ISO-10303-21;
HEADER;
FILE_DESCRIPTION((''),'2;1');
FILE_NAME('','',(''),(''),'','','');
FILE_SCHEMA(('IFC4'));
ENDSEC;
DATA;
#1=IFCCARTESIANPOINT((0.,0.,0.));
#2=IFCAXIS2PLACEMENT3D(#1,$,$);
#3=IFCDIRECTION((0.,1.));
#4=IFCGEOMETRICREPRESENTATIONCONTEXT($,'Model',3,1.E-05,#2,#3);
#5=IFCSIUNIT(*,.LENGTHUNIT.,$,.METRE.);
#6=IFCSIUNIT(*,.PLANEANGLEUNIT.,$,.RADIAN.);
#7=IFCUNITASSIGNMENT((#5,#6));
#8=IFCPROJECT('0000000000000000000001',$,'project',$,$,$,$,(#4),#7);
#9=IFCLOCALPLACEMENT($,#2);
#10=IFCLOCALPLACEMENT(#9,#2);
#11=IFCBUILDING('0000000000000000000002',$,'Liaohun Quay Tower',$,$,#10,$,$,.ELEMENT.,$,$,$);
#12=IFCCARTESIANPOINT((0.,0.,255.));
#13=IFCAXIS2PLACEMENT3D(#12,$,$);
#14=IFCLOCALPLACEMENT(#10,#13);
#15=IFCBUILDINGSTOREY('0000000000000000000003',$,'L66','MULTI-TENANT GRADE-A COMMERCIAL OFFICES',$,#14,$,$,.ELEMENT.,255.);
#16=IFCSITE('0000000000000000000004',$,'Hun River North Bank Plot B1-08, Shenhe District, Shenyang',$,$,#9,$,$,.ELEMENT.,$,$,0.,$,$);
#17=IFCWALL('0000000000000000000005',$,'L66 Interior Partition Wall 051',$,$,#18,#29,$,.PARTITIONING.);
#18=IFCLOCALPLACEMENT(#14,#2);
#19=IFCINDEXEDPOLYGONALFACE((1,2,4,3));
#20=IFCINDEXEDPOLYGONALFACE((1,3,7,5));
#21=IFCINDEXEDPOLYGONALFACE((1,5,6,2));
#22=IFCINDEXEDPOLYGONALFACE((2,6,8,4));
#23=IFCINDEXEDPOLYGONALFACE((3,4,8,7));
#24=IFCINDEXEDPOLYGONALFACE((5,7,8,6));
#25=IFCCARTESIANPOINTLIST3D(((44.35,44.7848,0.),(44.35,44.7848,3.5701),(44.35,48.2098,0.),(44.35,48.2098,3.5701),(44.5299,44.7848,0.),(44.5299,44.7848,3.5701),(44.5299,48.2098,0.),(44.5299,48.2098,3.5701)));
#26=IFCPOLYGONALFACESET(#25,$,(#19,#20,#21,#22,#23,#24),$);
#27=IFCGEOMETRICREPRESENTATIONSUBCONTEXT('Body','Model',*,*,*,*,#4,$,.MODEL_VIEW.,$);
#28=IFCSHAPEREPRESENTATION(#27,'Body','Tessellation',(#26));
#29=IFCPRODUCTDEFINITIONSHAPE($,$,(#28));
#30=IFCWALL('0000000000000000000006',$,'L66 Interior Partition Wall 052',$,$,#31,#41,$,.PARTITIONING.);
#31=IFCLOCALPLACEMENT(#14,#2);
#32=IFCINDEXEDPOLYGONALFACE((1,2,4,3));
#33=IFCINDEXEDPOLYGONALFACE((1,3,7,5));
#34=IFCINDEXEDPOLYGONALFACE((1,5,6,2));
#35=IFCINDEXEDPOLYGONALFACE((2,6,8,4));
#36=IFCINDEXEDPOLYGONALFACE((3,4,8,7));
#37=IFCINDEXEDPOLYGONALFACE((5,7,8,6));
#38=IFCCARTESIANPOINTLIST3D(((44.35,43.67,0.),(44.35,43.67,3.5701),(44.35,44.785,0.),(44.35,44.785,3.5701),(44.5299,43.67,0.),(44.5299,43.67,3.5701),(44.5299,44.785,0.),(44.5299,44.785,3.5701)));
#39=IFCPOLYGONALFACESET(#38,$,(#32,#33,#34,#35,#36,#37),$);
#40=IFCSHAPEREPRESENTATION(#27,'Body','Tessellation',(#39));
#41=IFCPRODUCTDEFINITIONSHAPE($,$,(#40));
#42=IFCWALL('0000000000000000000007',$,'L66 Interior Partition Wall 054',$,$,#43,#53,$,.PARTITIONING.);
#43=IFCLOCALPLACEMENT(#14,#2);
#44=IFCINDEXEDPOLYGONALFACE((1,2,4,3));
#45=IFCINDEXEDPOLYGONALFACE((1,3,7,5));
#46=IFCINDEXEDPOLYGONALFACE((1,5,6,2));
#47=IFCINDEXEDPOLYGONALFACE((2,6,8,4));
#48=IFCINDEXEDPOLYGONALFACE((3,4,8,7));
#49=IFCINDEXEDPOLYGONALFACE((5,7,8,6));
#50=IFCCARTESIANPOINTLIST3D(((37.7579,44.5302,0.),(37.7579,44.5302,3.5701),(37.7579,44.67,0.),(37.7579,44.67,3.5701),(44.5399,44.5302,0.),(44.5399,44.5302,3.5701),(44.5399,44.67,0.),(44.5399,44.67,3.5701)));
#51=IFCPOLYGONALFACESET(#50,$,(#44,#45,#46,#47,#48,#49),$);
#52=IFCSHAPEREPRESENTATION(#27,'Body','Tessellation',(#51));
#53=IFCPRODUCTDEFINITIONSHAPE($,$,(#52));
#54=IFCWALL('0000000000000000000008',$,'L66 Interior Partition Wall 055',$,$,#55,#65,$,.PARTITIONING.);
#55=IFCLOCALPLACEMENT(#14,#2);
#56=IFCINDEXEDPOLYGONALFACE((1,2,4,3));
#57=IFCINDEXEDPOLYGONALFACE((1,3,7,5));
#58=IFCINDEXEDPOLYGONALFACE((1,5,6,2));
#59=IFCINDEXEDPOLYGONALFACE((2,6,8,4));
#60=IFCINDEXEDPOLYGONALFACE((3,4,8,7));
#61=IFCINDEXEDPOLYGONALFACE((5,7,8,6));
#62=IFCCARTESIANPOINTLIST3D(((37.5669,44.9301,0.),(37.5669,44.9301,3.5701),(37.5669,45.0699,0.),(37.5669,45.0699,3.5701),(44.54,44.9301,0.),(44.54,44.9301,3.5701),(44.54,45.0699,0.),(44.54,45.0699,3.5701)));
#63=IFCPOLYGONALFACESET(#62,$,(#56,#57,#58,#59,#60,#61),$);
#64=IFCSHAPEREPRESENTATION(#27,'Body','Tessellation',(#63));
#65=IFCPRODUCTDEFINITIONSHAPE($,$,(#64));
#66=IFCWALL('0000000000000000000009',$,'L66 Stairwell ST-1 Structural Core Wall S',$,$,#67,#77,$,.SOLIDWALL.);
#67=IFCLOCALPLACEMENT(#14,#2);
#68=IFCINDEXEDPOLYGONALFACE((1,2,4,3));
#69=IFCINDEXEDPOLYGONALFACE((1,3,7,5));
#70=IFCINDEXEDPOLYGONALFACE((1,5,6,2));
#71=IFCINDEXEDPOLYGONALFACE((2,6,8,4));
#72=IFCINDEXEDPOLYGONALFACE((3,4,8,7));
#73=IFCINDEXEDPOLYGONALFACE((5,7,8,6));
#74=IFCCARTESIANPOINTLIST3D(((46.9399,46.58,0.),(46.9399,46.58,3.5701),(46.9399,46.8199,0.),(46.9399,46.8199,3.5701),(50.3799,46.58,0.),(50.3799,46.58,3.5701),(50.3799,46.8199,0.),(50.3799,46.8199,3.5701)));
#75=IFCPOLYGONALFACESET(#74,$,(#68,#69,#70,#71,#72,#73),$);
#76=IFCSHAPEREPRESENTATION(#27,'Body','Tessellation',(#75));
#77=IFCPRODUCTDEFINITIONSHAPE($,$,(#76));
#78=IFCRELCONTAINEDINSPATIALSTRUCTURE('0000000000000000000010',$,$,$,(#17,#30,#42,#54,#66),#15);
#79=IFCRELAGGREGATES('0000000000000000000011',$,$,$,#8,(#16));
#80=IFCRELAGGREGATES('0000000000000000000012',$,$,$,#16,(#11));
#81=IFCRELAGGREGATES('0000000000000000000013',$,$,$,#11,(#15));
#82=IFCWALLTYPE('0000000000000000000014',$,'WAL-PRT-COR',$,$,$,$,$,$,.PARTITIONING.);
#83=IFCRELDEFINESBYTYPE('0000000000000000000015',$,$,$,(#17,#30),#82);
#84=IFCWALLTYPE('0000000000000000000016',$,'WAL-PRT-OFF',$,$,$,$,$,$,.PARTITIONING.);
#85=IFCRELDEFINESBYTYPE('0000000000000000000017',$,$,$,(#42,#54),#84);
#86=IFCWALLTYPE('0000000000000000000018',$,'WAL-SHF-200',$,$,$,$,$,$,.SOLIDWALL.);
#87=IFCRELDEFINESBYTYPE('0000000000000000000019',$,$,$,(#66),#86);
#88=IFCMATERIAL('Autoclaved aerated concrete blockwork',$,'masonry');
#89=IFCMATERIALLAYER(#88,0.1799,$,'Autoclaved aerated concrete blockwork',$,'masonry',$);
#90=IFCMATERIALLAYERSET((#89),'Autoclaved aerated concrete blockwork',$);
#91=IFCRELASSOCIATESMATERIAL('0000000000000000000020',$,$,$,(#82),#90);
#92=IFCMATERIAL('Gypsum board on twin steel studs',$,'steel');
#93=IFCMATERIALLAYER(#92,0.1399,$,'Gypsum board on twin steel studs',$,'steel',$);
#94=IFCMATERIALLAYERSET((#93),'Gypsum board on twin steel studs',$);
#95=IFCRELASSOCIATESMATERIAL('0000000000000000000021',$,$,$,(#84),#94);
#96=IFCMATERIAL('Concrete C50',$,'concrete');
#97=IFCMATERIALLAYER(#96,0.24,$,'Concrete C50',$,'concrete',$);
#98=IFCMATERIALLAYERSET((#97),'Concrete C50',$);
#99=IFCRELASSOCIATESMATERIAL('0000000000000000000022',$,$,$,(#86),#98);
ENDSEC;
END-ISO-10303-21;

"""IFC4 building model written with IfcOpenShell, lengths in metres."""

from ifc_helpers import new_model, si_unit, direction, frame, frame_2d, origin, place, context, subcontext, project, spatial, rectangle, extrude, material, layer, layer_set, type_object, element, save


model = new_model("IFC4")

# Units and contexts
model_context = context("Model", 3, precision=1e-05, world=origin(), true_north=direction((0.0, 1.0)))
body_context = subcontext(model_context, "Body", "Model", "MODEL_VIEW")
ifc_project = project(units=[si_unit("LENGTHUNIT", "METRE"), si_unit("PLANEANGLEUNIT", "RADIAN")], contexts=[model_context])

# Site, building, storey
site_placement = place(None, origin())
site = spatial("IfcSite", under=ifc_project, at=site_placement, Name="Hun River North Bank Plot B1-08, Shenhe District, Shenyang", CompositionType="ELEMENT", RefElevation=0.0)
building_placement = place(site_placement, origin())
building = spatial("IfcBuilding", under=site, at=building_placement, Name="Liaohun Quay Tower", CompositionType="ELEMENT")
storey_placement = place(building_placement, frame((0.0, 0.0, 255.0)))
storey = spatial("IfcBuildingStorey", under=building, at=storey_placement, Name="L66", Description="MULTI-TENANT GRADE-A COMMERCIAL OFFICES", CompositionType="ELEMENT", Elevation=255.0)

# Walls
ifc_material_1 = material(Name="Autoclaved aerated concrete blockwork", Category="masonry")
ifc_layer_1 = layer(ifc_material_1, 0.1799, Name="Autoclaved aerated concrete blockwork", Category="masonry")
ifc_layer_set_1 = layer_set([ifc_layer_1], Name="Autoclaved aerated concrete blockwork")
wall_type_1 = type_object("IfcWallType", Name="WAL-PRT-COR", PredefinedType="PARTITIONING", material=ifc_layer_set_1)
wall_1_placement = place(storey_placement, frame((44.4399, 44.7849, 0.0), z_axis=(0.0, 0.0, 1.0), x_axis=(0.0, 1.0, 0.0)))
element("IfcWall", 1, at=wall_1_placement, inside=storey, type_object=wall_type_1, Name="L66 Interior Partition Wall 051", PredefinedType="PARTITIONING", context=body_context, shape_type="SweptSolid", body=[
    extrude(rectangle(XDim=3.425, YDim=0.1799, at=frame_2d((1.7124, 0.0))), origin(), (0.0, 0.0, 1.0), 3.5701),
])
wall_2_placement = place(storey_placement, frame((44.4399, 43.6699, 0.0), z_axis=(0.0, 0.0, 1.0), x_axis=(0.0, 1.0, 0.0)))
element("IfcWall", 2, at=wall_2_placement, inside=storey, type_object=wall_type_1, Name="L66 Interior Partition Wall 052", PredefinedType="PARTITIONING", context=body_context, shape_type="SweptSolid", body=[
    extrude(rectangle(XDim=1.115, YDim=0.1799, at=frame_2d((0.5576, 0.0))), origin(), (0.0, 0.0, 1.0), 3.5701),
])
ifc_material_2 = material(Name="Gypsum board on twin steel studs", Category="steel")
ifc_layer_2 = layer(ifc_material_2, 0.1399, Name="Gypsum board on twin steel studs", Category="steel")
ifc_layer_set_2 = layer_set([ifc_layer_2], Name="Gypsum board on twin steel studs")
wall_type_2 = type_object("IfcWallType", Name="WAL-PRT-OFF", PredefinedType="PARTITIONING", material=ifc_layer_set_2)
wall_3_placement = place(storey_placement, frame((44.54, 44.6001, 0.0), z_axis=(0.0, 0.0, 1.0), x_axis=(-1.0, 0.0, 0.0)))
element("IfcWall", 3, at=wall_3_placement, inside=storey, type_object=wall_type_2, Name="L66 Interior Partition Wall 054", PredefinedType="PARTITIONING", context=body_context, shape_type="SweptSolid", body=[
    extrude(rectangle(XDim=6.782, YDim=0.1399, at=frame_2d((3.3911, 0.0))), origin(), (0.0, 0.0, 1.0), 3.5701),
])
wall_4_placement = place(storey_placement, frame((44.54, 45.0, 0.0), z_axis=(0.0, 0.0, 1.0), x_axis=(-1.0, 0.0, 0.0)))
element("IfcWall", 4, at=wall_4_placement, inside=storey, type_object=wall_type_2, Name="L66 Interior Partition Wall 055", PredefinedType="PARTITIONING", context=body_context, shape_type="SweptSolid", body=[
    extrude(rectangle(XDim=6.9731, YDim=0.1399, at=frame_2d((3.4866, 0.0))), origin(), (0.0, 0.0, 1.0), 3.5701),
])
ifc_material_3 = material(Name="Concrete C50", Category="concrete")
ifc_layer_3 = layer(ifc_material_3, 0.24, Name="Concrete C50", Category="concrete")
ifc_layer_set_3 = layer_set([ifc_layer_3], Name="Concrete C50")
wall_type_3 = type_object("IfcWallType", Name="WAL-SHF-200", PredefinedType="SOLIDWALL", material=ifc_layer_set_3)
wall_5_placement = place(storey_placement, frame((46.9399, 46.7, 0.0), z_axis=(0.0, 0.0, 1.0), x_axis=(1.0, 0.0, 0.0)))
element("IfcWall", 5, at=wall_5_placement, inside=storey, type_object=wall_type_3, Name="L66 Stairwell ST-1 Structural Core Wall S", PredefinedType="SOLIDWALL", context=body_context, shape_type="SweptSolid", body=[
    extrude(rectangle(XDim=3.4399, YDim=0.24, at=frame_2d((1.72, 0.0))), origin(), (0.0, 0.0, 1.0), 3.5701),
])

save(model, "model.ifc")
